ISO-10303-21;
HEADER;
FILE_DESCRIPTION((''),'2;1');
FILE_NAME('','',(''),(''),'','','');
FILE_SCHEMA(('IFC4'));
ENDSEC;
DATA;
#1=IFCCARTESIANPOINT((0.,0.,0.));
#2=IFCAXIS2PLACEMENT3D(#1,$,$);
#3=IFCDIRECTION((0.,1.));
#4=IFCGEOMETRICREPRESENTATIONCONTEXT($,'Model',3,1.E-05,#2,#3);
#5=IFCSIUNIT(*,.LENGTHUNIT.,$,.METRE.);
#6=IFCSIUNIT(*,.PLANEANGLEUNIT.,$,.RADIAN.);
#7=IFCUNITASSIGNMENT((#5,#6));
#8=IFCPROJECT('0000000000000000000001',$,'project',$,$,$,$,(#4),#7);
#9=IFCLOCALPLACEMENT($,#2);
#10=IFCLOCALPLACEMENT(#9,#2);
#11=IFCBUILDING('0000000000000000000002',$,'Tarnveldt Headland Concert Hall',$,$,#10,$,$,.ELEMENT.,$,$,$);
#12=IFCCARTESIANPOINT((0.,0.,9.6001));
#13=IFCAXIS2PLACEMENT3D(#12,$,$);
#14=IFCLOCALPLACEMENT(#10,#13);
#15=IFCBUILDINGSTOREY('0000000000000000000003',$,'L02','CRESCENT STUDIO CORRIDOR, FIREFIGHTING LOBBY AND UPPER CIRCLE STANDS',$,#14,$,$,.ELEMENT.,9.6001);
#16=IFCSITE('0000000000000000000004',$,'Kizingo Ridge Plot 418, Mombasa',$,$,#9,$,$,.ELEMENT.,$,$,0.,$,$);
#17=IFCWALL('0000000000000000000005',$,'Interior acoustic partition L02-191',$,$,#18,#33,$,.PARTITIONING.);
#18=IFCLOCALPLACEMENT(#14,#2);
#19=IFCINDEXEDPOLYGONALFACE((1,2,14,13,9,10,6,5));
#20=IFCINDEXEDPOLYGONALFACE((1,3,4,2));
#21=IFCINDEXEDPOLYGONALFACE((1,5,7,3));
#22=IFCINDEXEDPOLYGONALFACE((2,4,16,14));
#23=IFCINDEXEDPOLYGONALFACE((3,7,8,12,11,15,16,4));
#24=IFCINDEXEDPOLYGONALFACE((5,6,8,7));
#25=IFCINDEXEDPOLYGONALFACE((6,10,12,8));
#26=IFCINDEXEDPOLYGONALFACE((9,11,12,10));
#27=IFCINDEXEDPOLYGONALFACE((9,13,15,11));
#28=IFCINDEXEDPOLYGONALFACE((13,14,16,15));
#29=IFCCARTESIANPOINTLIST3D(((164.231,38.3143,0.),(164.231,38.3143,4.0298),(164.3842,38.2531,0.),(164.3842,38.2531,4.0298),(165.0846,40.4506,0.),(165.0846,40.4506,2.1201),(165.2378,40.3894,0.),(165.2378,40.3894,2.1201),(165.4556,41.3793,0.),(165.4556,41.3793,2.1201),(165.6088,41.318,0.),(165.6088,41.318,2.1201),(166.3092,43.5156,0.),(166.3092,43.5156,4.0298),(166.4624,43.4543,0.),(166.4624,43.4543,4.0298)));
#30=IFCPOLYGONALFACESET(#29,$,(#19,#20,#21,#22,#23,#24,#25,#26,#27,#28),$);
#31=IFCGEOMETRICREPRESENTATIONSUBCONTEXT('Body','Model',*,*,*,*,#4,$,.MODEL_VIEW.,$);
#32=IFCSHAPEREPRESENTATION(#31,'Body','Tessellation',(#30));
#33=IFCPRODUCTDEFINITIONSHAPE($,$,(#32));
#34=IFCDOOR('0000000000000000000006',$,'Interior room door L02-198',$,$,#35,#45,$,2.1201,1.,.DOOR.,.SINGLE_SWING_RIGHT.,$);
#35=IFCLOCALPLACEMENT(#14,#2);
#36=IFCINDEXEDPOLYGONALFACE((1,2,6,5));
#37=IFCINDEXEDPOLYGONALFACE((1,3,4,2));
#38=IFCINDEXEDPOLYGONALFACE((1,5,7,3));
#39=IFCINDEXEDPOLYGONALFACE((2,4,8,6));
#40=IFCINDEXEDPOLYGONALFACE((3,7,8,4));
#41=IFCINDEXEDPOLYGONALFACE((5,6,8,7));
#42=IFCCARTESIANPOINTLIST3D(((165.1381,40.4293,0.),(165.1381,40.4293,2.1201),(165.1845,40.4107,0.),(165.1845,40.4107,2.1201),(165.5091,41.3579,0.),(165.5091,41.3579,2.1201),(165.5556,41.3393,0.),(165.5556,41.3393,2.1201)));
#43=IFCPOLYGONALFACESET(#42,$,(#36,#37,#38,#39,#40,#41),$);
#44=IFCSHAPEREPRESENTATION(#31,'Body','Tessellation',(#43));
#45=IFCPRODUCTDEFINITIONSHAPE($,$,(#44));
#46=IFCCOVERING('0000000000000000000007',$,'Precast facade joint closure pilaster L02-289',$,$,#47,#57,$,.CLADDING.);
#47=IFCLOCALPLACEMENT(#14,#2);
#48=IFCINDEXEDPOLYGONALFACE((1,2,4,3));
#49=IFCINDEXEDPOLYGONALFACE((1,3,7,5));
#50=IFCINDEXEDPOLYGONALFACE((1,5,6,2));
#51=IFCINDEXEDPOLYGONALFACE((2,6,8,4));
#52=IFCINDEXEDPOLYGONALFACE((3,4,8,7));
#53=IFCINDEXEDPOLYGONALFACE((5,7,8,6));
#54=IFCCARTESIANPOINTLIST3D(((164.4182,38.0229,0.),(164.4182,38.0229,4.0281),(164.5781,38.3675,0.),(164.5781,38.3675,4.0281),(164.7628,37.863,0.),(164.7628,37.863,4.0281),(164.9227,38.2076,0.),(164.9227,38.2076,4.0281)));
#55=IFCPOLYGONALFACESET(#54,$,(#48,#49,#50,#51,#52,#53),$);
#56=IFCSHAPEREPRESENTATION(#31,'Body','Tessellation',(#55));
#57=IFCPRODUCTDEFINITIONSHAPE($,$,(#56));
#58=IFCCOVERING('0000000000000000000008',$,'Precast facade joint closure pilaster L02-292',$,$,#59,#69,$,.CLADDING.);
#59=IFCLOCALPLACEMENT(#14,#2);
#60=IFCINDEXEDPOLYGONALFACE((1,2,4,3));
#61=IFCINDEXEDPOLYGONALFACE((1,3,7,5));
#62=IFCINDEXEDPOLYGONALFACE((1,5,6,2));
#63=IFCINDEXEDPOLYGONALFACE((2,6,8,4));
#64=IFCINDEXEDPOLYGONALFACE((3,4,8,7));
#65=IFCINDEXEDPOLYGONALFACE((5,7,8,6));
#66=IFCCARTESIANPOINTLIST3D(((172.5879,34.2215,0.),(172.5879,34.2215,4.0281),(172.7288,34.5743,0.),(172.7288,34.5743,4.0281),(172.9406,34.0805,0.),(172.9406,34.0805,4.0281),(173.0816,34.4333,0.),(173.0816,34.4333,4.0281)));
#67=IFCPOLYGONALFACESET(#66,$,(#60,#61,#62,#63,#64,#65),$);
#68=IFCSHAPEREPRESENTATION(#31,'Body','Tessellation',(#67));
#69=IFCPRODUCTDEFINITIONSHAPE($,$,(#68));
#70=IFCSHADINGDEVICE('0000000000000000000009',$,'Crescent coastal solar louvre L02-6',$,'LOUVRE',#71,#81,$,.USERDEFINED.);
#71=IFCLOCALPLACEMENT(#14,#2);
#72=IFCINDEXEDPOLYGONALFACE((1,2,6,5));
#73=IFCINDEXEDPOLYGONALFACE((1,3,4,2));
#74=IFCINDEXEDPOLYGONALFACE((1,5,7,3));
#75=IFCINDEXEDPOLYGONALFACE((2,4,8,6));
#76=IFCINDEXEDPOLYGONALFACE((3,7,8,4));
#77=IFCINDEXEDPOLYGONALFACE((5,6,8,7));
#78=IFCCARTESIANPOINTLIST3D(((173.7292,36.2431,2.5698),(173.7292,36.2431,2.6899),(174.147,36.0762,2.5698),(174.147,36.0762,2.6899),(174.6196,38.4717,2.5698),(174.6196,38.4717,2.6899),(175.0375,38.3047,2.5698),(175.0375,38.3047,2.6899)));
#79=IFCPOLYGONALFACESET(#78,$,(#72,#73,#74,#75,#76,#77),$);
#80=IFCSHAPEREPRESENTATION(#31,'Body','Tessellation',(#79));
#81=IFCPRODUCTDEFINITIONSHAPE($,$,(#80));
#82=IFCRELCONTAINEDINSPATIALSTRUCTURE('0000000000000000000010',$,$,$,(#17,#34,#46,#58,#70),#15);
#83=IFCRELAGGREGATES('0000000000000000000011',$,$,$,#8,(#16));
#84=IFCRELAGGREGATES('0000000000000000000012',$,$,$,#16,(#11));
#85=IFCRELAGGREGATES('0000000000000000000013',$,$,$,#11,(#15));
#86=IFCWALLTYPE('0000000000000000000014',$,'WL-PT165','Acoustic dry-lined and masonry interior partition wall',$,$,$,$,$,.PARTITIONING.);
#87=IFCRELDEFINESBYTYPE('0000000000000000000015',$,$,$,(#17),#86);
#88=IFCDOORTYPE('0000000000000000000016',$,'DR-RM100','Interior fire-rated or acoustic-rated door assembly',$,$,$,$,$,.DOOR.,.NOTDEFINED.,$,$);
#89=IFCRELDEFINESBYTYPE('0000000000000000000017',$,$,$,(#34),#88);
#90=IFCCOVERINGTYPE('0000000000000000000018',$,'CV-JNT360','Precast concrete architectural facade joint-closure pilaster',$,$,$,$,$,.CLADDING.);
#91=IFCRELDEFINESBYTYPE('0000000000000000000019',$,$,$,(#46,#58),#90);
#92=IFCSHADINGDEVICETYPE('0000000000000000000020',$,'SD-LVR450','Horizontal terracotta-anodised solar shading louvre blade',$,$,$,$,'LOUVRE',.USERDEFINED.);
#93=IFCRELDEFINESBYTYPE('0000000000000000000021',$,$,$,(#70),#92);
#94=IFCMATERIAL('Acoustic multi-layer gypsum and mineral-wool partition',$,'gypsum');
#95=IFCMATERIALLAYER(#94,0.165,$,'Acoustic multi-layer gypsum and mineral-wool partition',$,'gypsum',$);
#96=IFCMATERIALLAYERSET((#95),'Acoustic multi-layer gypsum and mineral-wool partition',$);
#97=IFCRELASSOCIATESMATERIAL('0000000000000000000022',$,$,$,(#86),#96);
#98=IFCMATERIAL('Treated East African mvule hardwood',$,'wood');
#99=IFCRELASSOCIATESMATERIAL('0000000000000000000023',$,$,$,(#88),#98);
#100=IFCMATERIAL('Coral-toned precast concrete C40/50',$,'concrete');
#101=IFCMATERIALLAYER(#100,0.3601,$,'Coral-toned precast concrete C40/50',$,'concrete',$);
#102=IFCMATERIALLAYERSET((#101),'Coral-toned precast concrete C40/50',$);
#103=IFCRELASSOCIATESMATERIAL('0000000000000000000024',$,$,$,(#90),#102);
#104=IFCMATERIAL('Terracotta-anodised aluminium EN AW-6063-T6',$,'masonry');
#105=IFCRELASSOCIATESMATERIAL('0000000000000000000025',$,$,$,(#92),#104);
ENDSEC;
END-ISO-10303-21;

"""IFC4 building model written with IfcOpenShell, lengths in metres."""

from ifc_helpers import new_model, si_unit, direction, frame, frame_2d, origin, origin_2d, place, context, subcontext, project, spatial, rectangle, extrude, material, layer, layer_set, type_object, element, fill, save


model = new_model("IFC4")

# Units and contexts
model_context = context("Model", 3, precision=1e-05, world=origin(), true_north=direction((0.0, 1.0)))
body_context = subcontext(model_context, "Body", "Model", "MODEL_VIEW")
ifc_project = project(units=[si_unit("LENGTHUNIT", "METRE"), si_unit("PLANEANGLEUNIT", "RADIAN")], contexts=[model_context])

# Site, building, storey
site_placement = place(None, origin())
site = spatial("IfcSite", under=ifc_project, at=site_placement, Name="Kizingo Ridge Plot 418, Mombasa", CompositionType="ELEMENT", RefElevation=0.0)
building_placement = place(site_placement, origin())
building = spatial("IfcBuilding", under=site, at=building_placement, Name="Tarnveldt Headland Concert Hall", CompositionType="ELEMENT")
storey_placement = place(building_placement, frame((0.0, 0.0, 9.6001)))
storey = spatial("IfcBuildingStorey", under=building, at=storey_placement, Name="L02", Description="CRESCENT STUDIO CORRIDOR, FIREFIGHTING LOBBY AND UPPER CIRCLE STANDS", CompositionType="ELEMENT", Elevation=9.6001)

# Shared definitions
ifc_material_1 = material(Name="Coral-toned precast concrete C40/50", Category="concrete")

# Wall, opening, door
ifc_material_2 = material(Name="Acoustic multi-layer gypsum and mineral-wool partition", Category="gypsum")
ifc_layer_1 = layer(ifc_material_2, 0.165, Name="Acoustic multi-layer gypsum and mineral-wool partition", Category="gypsum")
ifc_layer_set_1 = layer_set([ifc_layer_1], Name="Acoustic multi-layer gypsum and mineral-wool partition")
wall_type_1 = type_object("IfcWallType", Name="WL-PT165", Description="Acoustic dry-lined and masonry interior partition wall", PredefinedType="PARTITIONING", material=ifc_layer_set_1)
ifc_material_3 = material(Name="Treated East African mvule hardwood", Category="wood")
wall_1_placement = place(storey_placement, frame((164.3076, 38.2837, 0.0), z_axis=(0.0, 0.0, 1.0), x_axis=(0.37103, 0.928621, 0.0)))
wall_1 = element("IfcWall", 1, at=wall_1_placement, inside=storey, type_object=wall_type_1, Name="Interior acoustic partition L02-191", PredefinedType="PARTITIONING", context=body_context, shape_type="SweptSolid", body=[
    extrude(rectangle(XDim=5.6011, YDim=0.165, at=frame_2d((2.8005, 0.0))), origin(), (0.0, 0.0, 1.0), 4.0298),
])
opening_1_placement = place(wall_1_placement, frame((2.3005, 0.0, 0.0)))
opening_1 = element("IfcOpeningElement", 2, at=opening_1_placement, cuts=wall_1, PredefinedType="OPENING", context=body_context, shape_type="SweptSolid", body=[
    extrude(rectangle(XDim=1.0, YDim=2.1201, at=frame_2d((0.5, 1.0601))), frame((0.0, 0.0925, 0.0), z_axis=(0.0, -1.0, 0.0), x_axis=(1.0, 0.0, 0.0)), (0.0, 0.0, 1.0), 0.1851),
])
door_type_1 = type_object("IfcDoorType", Name="DR-RM100", Description="Interior fire-rated or acoustic-rated door assembly", OperationType="NOTDEFINED", PredefinedType="DOOR", material=ifc_material_3)
door_1_placement = place(opening_1_placement, origin())
door_1 = element("IfcDoor", 3, at=door_1_placement, inside=storey, type_object=door_type_1, Name="Interior room door L02-198", OperationType="SINGLE_SWING_RIGHT", OverallHeight=2.1201, OverallWidth=1.0, PredefinedType="DOOR", context=body_context, shape_type="SweptSolid", body=[
    extrude(rectangle(XDim=1.0, YDim=2.1201, at=frame_2d((0.5, 1.0601))), frame((0.0, 0.0249, 0.0), z_axis=(0.0, -1.0, 0.0), x_axis=(1.0, 0.0, 0.0)), (0.0, 0.0, 1.0), 0.05),
])
fill(opening_1, door_1)

# Coverings
ifc_layer_2 = layer(ifc_material_1, 0.3601, Name="Coral-toned precast concrete C40/50", Category="concrete")
ifc_layer_set_2 = layer_set([ifc_layer_2], Name="Coral-toned precast concrete C40/50")
covering_type = type_object("IfcCoveringType", Name="CV-JNT360", Description="Precast concrete architectural facade joint-closure pilaster", PredefinedType="CLADDING", material=ifc_layer_set_2)
for number, where, z_axis, x_axis, name in (
    (4, (164.6704, 38.1152, 0.0), (0.0, 0.0, 1.0), (-0.907117, 0.420877, 0.0), "Precast facade joint closure pilaster L02-289"),
    (5, (172.8347, 34.3274, 0.0), (0.0, 0.0, 1.0), (-0.371044, -0.928615, 0.0), "Precast facade joint closure pilaster L02-292"),
):
    element("IfcCovering", number, at=place(storey_placement, frame(where, z_axis=z_axis, x_axis=x_axis)), inside=storey, type_object=covering_type, Name=name, PredefinedType="CLADDING", context=body_context, shape_type="SweptSolid", body=[
        extrude(rectangle(XDim=0.3799, YDim=0.3799, at=origin_2d()), origin(), (0.0, 0.0, 1.0), 4.0281),
    ])

# Shading device
ifc_material_4 = material(Name="Terracotta-anodised aluminium EN AW-6063-T6", Category="masonry")
shading_device_type = type_object("IfcShadingDeviceType", Name="SD-LVR450", Description="Horizontal terracotta-anodised solar shading louvre blade", ElementType="LOUVRE", PredefinedType="USERDEFINED", material=ifc_material_4)
shading_device_placement = place(storey_placement, frame((174.3833, 37.2739, 2.5698), z_axis=(0.0, 0.0, 1.0), x_axis=(0.928615, -0.371044, 0.0)))
element("IfcShadingDevice", 6, at=shading_device_placement, inside=storey, type_object=shading_device_type, Name="Crescent coastal solar louvre L02-6", ObjectType="LOUVRE", PredefinedType="USERDEFINED", context=body_context, shape_type="SweptSolid", body=[
    extrude(rectangle(XDim=0.45, YDim=2.3999, at=origin_2d()), origin(), (0.0, 0.0, 1.0), 0.1201),
])

save(model, "model.ifc")
